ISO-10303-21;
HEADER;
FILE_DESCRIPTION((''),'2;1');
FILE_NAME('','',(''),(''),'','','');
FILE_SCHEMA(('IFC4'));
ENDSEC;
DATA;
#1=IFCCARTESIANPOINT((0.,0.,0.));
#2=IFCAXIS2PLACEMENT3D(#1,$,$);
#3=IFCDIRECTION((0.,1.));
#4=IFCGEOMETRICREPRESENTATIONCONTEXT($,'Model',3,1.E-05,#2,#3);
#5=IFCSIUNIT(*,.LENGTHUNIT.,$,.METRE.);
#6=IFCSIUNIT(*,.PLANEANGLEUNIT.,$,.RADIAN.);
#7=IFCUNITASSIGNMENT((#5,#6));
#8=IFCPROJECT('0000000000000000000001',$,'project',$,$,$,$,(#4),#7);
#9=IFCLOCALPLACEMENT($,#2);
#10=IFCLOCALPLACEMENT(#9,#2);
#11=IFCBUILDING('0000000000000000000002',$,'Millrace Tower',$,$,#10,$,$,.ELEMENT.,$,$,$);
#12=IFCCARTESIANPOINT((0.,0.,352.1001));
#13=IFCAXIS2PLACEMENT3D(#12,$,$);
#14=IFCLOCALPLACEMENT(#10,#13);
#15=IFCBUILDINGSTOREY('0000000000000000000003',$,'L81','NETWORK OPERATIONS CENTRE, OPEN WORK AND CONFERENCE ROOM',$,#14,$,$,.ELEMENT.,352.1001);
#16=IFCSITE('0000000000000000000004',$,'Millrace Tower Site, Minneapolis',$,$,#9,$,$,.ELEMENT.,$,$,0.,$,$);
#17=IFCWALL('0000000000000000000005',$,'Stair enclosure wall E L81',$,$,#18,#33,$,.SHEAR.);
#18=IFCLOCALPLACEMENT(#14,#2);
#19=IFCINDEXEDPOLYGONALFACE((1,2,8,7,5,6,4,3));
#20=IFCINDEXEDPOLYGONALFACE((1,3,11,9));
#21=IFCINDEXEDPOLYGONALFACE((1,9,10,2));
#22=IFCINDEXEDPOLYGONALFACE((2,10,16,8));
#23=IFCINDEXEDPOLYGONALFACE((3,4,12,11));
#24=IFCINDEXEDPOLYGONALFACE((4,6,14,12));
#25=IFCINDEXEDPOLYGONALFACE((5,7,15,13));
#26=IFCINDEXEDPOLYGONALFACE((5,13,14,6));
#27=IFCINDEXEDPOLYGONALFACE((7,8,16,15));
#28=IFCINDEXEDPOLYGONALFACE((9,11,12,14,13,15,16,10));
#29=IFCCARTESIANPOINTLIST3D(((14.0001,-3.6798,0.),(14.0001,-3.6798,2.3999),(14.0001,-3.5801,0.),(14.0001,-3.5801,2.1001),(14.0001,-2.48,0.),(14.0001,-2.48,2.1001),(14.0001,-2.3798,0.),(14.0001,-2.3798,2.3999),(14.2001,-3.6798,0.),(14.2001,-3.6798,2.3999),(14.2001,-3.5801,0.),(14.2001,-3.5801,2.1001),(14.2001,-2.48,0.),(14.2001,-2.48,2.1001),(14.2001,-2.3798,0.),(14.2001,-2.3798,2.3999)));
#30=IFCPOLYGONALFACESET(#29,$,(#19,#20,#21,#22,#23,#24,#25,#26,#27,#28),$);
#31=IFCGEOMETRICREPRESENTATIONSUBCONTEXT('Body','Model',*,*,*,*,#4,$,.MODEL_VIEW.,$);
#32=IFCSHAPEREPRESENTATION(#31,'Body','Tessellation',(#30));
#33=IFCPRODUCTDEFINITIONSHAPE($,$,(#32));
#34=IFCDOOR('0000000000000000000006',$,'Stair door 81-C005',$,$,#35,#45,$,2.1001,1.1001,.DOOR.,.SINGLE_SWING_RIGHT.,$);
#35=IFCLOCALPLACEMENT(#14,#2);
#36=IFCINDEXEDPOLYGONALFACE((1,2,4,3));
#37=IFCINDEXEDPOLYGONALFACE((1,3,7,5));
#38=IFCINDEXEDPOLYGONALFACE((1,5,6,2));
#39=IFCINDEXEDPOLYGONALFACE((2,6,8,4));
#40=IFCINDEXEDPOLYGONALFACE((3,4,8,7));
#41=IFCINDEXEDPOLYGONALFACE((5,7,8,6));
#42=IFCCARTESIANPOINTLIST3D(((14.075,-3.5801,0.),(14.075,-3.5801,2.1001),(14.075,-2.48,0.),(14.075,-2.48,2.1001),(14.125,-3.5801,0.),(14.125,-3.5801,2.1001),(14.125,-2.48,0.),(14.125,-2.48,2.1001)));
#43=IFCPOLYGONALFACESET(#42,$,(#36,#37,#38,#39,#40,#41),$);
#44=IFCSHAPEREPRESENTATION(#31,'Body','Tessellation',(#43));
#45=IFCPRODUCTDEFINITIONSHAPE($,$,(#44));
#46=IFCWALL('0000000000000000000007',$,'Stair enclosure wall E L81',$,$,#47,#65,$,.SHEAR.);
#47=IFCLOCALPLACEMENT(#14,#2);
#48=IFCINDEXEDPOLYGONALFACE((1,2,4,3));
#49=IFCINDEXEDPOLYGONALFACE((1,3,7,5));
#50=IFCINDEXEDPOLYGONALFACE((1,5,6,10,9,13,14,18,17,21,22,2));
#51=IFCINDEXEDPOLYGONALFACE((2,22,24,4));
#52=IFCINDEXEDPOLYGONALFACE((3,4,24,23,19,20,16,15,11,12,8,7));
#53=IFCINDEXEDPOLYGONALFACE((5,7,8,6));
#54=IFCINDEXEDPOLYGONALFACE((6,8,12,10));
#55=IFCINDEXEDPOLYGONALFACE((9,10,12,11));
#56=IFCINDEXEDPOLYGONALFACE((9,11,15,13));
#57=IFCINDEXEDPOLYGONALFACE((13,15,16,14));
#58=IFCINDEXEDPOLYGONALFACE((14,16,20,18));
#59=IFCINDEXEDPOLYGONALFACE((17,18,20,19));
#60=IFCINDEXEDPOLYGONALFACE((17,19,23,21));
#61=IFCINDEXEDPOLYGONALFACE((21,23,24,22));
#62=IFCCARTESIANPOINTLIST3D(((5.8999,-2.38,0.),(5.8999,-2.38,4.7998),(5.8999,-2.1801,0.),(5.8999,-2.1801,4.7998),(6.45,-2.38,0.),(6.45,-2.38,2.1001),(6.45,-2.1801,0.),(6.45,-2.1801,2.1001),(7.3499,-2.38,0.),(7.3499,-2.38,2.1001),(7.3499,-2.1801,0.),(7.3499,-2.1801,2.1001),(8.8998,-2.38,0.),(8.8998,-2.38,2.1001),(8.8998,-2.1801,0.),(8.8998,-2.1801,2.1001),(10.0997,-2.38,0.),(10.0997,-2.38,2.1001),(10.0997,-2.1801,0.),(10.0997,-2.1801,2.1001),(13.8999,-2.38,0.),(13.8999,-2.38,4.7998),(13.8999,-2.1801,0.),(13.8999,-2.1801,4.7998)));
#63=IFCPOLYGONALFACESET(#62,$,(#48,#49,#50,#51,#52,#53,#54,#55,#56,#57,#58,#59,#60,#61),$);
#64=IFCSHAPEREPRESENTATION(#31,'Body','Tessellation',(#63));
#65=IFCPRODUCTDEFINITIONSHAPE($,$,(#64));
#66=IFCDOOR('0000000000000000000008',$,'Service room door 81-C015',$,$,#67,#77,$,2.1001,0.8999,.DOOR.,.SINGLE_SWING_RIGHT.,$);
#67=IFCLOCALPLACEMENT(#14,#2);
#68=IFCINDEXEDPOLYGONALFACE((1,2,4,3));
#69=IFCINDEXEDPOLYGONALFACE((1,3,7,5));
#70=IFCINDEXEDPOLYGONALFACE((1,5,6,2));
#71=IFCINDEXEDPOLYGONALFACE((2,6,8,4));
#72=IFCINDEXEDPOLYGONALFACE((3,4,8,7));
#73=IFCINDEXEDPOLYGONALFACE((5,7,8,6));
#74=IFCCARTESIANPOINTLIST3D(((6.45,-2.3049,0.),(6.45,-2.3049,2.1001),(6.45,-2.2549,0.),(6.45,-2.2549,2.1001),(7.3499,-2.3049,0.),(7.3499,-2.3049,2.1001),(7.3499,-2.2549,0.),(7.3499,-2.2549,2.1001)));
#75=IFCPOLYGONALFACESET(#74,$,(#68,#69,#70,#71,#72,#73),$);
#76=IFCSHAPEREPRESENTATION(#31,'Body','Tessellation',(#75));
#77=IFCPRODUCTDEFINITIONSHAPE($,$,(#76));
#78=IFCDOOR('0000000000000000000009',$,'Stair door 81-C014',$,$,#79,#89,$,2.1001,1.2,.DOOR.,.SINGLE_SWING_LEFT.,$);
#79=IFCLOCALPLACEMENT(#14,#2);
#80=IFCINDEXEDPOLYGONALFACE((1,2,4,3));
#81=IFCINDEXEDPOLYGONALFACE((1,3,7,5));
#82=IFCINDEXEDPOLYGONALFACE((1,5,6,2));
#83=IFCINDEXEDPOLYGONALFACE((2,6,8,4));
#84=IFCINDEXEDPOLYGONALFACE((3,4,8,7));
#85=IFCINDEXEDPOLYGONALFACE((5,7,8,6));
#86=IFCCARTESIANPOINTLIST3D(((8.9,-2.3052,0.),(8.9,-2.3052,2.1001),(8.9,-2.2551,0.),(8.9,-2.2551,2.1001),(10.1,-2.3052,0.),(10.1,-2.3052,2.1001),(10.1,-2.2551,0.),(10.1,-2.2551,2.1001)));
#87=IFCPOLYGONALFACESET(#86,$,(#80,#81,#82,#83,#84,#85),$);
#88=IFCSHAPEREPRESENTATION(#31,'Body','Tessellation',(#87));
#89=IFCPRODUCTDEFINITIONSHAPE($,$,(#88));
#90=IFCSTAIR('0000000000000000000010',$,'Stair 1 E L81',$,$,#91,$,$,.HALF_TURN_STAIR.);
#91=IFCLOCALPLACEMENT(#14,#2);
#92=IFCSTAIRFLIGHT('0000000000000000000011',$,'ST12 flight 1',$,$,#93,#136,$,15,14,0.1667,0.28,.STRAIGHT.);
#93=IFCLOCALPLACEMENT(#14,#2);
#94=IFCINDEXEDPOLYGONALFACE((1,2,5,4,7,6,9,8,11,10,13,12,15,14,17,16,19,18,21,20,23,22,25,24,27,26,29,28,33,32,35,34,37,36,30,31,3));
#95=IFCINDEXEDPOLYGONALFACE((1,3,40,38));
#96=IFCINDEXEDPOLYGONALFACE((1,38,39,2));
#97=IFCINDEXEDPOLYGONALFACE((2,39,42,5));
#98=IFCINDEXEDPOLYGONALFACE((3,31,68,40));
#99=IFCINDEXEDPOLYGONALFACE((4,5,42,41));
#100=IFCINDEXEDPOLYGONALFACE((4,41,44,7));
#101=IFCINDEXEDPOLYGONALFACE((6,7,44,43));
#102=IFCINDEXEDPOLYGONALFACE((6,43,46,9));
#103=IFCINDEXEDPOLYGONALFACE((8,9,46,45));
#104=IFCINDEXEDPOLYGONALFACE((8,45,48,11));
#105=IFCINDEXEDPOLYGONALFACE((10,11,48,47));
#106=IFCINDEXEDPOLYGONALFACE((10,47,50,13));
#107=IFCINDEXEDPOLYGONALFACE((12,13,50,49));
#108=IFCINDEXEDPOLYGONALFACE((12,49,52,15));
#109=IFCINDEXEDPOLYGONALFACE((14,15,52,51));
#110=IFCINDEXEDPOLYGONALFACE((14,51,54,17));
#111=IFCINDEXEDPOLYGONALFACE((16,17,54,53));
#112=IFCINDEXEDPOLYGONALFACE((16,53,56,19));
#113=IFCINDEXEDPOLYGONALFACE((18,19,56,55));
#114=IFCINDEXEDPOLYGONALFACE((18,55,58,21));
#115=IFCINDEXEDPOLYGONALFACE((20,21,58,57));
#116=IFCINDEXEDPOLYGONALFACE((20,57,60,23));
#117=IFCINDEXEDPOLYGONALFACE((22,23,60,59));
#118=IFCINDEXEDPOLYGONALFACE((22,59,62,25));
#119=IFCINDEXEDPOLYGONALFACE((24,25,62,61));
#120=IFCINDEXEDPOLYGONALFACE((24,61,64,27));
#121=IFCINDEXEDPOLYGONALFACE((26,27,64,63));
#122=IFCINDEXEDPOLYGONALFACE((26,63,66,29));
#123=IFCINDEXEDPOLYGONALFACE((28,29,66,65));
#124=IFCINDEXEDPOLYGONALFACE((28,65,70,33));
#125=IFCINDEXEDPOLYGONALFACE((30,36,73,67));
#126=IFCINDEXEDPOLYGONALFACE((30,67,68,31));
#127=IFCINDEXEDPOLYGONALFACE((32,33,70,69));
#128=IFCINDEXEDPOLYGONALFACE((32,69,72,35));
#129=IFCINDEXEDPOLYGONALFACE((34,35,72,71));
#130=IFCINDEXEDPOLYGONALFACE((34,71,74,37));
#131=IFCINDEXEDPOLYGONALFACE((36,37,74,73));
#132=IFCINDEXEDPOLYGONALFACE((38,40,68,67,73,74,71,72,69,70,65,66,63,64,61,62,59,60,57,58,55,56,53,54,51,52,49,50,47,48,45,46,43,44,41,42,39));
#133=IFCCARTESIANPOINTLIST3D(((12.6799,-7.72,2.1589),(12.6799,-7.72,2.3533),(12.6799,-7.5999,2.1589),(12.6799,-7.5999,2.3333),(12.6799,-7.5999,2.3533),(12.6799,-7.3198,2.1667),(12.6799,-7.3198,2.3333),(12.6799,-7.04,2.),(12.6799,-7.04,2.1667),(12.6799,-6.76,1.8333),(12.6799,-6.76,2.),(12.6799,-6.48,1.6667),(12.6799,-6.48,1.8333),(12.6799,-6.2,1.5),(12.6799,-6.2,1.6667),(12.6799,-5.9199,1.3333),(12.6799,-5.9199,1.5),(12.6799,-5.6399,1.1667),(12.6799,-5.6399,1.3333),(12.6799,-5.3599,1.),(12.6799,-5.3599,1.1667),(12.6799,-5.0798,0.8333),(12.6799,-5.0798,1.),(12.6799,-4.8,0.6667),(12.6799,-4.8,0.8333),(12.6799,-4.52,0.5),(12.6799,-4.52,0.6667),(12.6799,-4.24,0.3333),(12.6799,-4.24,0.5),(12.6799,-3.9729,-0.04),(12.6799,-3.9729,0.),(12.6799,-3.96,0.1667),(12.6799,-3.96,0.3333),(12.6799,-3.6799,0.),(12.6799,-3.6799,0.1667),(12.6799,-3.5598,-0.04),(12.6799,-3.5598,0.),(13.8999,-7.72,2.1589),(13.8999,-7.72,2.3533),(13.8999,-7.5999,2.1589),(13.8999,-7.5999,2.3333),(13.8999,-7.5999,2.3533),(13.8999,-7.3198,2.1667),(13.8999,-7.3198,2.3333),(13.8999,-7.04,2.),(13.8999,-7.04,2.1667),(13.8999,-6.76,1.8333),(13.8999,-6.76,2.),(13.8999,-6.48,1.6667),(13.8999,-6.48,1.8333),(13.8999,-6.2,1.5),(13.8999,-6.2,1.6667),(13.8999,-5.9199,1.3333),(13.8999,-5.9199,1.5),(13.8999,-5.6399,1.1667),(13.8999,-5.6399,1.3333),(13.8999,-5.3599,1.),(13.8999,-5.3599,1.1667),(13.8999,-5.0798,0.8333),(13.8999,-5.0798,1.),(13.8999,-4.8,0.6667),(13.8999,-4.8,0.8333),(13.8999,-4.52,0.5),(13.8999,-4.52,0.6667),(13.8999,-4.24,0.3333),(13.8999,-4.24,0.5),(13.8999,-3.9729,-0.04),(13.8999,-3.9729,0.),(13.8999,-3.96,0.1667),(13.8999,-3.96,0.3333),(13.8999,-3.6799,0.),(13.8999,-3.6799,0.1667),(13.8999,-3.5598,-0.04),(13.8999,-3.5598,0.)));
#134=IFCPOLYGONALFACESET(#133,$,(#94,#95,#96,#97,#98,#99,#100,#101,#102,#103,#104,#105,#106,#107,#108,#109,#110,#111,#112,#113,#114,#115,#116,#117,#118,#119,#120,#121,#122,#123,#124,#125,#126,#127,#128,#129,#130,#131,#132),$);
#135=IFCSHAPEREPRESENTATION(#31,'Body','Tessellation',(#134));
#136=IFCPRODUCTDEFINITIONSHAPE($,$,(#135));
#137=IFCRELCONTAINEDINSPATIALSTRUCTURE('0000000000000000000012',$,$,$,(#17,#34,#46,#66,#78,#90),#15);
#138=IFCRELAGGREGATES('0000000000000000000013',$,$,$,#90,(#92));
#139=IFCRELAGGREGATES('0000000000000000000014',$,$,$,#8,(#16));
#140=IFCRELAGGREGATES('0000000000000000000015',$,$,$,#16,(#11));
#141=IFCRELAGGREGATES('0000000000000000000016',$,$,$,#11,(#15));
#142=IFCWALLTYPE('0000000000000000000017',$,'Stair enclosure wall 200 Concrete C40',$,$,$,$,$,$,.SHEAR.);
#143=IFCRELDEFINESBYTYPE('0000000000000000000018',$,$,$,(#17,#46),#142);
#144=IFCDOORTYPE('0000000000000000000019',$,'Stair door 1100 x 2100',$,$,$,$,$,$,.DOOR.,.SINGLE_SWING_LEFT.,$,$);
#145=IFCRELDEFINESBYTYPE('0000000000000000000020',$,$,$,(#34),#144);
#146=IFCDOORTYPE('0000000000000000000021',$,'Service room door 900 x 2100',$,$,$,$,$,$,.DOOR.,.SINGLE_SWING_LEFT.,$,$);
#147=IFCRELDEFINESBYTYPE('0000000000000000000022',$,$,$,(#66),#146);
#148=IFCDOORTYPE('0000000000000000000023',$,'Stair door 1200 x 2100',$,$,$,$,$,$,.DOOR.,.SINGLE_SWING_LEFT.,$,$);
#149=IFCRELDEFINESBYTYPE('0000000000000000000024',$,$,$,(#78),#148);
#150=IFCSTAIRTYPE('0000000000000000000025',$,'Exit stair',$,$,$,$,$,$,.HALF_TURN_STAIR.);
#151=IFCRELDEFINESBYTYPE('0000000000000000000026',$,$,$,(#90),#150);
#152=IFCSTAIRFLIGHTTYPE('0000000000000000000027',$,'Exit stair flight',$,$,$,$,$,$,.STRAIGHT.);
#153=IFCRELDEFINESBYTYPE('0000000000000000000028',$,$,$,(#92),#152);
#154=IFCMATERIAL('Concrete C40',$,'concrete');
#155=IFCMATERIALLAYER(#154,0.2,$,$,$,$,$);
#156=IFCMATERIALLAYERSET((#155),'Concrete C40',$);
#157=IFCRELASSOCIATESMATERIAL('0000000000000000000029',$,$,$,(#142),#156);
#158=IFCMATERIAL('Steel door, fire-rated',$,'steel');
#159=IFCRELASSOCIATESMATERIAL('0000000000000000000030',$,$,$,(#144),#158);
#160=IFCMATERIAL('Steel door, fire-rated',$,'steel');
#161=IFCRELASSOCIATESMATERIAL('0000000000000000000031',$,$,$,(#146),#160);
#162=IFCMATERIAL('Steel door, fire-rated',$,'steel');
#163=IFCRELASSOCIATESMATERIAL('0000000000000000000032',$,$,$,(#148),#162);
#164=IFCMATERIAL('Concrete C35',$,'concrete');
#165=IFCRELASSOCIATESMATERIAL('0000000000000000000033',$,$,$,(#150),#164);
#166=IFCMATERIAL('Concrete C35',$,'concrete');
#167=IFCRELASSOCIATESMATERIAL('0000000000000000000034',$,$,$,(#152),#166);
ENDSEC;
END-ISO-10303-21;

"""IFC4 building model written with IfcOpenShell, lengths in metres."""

from ifc_helpers import new_model, si_unit, direction, frame, frame_2d, origin, place, context, subcontext, project, spatial, polyline, rectangle, outline, extrude, material, layer, layer_set, type_object, element, fill, aggregate, save


model = new_model("IFC4")

# Units and contexts
model_context = context("Model", 3, precision=1e-05, world=origin(), true_north=direction((0.0, 1.0)))
body_context = subcontext(model_context, "Body", "Model", "MODEL_VIEW")
ifc_project = project(units=[si_unit("LENGTHUNIT", "METRE"), si_unit("PLANEANGLEUNIT", "RADIAN")], contexts=[model_context])

# Site, building, storey
site_placement = place(None, origin())
site = spatial("IfcSite", under=ifc_project, at=site_placement, Name="Millrace Tower Site, Minneapolis", CompositionType="ELEMENT", RefElevation=0.0)
building_placement = place(site_placement, origin())
building = spatial("IfcBuilding", under=site, at=building_placement, Name="Millrace Tower", CompositionType="ELEMENT")
storey_placement = place(building_placement, frame((0.0, 0.0, 352.1001)))
storey = spatial("IfcBuildingStorey", under=building, at=storey_placement, Name="L81", Description="NETWORK OPERATIONS CENTRE, OPEN WORK AND CONFERENCE ROOM", CompositionType="ELEMENT", Elevation=352.1001)

# Shared definitions
placement = place(storey_placement, origin())

# Wall, opening, door
ifc_material_1 = material(Name="Concrete C40", Category="concrete")
ifc_layer_1 = layer(ifc_material_1, 0.2)
ifc_layer_set_1 = layer_set([ifc_layer_1], Name="Concrete C40")
wall_type_1 = type_object("IfcWallType", Name="Stair enclosure wall 200 Concrete C40", PredefinedType="SHEAR", material=ifc_layer_set_1)
wall_1_placement = place(storey_placement, frame((14.1001, -2.3799, 0.0), z_axis=(0.0, 0.0, 1.0), x_axis=(0.0, -1.0, 0.0)))
wall_1 = element("IfcWall", 1, at=wall_1_placement, inside=storey, type_object=wall_type_1, Name="Stair enclosure wall E L81", PredefinedType="SHEAR", context=body_context, shape_type="SweptSolid", body=[
    extrude(rectangle(XDim=1.3, YDim=0.2, at=frame_2d((0.6499, 0.0))), origin(), (0.0, 0.0, 1.0), 2.3999),
])
opening_1_placement = place(wall_1_placement, frame((0.1001, 0.0, 0.0)))
opening_1 = element("IfcOpeningElement", 2, at=opening_1_placement, cuts=wall_1, PredefinedType="OPENING", context=body_context, shape_type="SweptSolid", body=[
    extrude(rectangle(XDim=1.1001, YDim=2.1001, at=frame_2d((0.55, 1.05))), frame((0.0, 0.1099, 0.0), z_axis=(0.0, -1.0, 0.0), x_axis=(1.0, 0.0, 0.0)), (0.0, 0.0, 1.0), 0.22),
])
ifc_material_2 = material(Name="Steel door, fire-rated", Category="steel")
door_type_1 = type_object("IfcDoorType", Name="Stair door 1100 x 2100", OperationType="SINGLE_SWING_LEFT", PredefinedType="DOOR", material=ifc_material_2)
door_1_placement = place(opening_1_placement, origin())
door_1 = element("IfcDoor", 3, at=door_1_placement, inside=storey, type_object=door_type_1, Name="Stair door 81-C005", OperationType="SINGLE_SWING_RIGHT", OverallHeight=2.1001, OverallWidth=1.1001, PredefinedType="DOOR", context=body_context, shape_type="SweptSolid", body=[
    extrude(rectangle(XDim=1.1001, YDim=2.1001, at=frame_2d((0.55, 1.05))), frame((0.0, 0.0249, 0.0), z_axis=(0.0, -1.0, 0.0), x_axis=(1.0, 0.0, 0.0)), (0.0, 0.0, 1.0), 0.05),
])
fill(opening_1, door_1)

# Wall, openings, doors
wall_2_placement = place(storey_placement, frame((13.8999, -2.28, 0.0), z_axis=(0.0, 0.0, 1.0), x_axis=(-1.0, 0.0, 0.0)))
wall_2 = element("IfcWall", 4, at=wall_2_placement, inside=storey, type_object=wall_type_1, Name="Stair enclosure wall E L81", PredefinedType="SHEAR", context=body_context, shape_type="SweptSolid", body=[
    extrude(rectangle(XDim=8.0, YDim=0.2, at=frame_2d((4.0, 0.0))), origin(), (0.0, 0.0, 1.0), 4.7998),
])
opening_2_placement = place(wall_2_placement, frame((3.8, 0.0, 0.0)))
opening_2 = element("IfcOpeningElement", 5, at=opening_2_placement, cuts=wall_2, PredefinedType="OPENING", context=body_context, shape_type="SweptSolid", body=[
    extrude(rectangle(XDim=1.2, YDim=2.1001, at=frame_2d((0.6001, 1.05))), frame((0.0, 0.1099, 0.0), z_axis=(0.0, -1.0, 0.0), x_axis=(1.0, 0.0, 0.0)), (0.0, 0.0, 1.0), 0.22),
])
opening_3_placement = place(wall_2_placement, frame((6.55, 0.0, 0.0)))
opening_3 = element("IfcOpeningElement", 6, at=opening_3_placement, cuts=wall_2, PredefinedType="OPENING", context=body_context, shape_type="SweptSolid", body=[
    extrude(rectangle(XDim=0.8999, YDim=2.1001, at=frame_2d((0.45, 1.05))), frame((0.0, 0.1099, 0.0), z_axis=(0.0, -1.0, 0.0), x_axis=(1.0, 0.0, 0.0)), (0.0, 0.0, 1.0), 0.22),
])
ifc_material_3 = material(Name="Steel door, fire-rated", Category="steel")
door_type_2 = type_object("IfcDoorType", Name="Service room door 900 x 2100", OperationType="SINGLE_SWING_LEFT", PredefinedType="DOOR", material=ifc_material_3)
door_2_placement = place(opening_3_placement, origin())
door_2 = element("IfcDoor", 7, at=door_2_placement, inside=storey, type_object=door_type_2, Name="Service room door 81-C015", OperationType="SINGLE_SWING_RIGHT", OverallHeight=2.1001, OverallWidth=0.8999, PredefinedType="DOOR", context=body_context, shape_type="SweptSolid", body=[
    extrude(rectangle(XDim=0.8999, YDim=2.1001, at=frame_2d((0.45, 1.05))), frame((0.0, 0.0249, 0.0), z_axis=(0.0, -1.0, 0.0), x_axis=(1.0, 0.0, 0.0)), (0.0, 0.0, 1.0), 0.05),
])
fill(opening_3, door_2)
ifc_material_4 = material(Name="Steel door, fire-rated", Category="steel")
door_type_3 = type_object("IfcDoorType", Name="Stair door 1200 x 2100", OperationType="SINGLE_SWING_LEFT", PredefinedType="DOOR", material=ifc_material_4)
door_3_placement = place(opening_2_placement, frame((1.2, 0.0, 0.0), z_axis=(0.0, 0.0, 1.0), x_axis=(-1.0, 0.0, 0.0)))
door_3 = element("IfcDoor", 8, at=door_3_placement, inside=storey, type_object=door_type_3, Name="Stair door 81-C014", OperationType="SINGLE_SWING_LEFT", OverallHeight=2.1001, OverallWidth=1.2, PredefinedType="DOOR", context=body_context, shape_type="SweptSolid", body=[
    extrude(rectangle(XDim=1.2, YDim=2.1001, at=frame_2d((0.6001, 1.05))), frame((0.0, 0.0249, 0.0), z_axis=(0.0, -1.0, 0.0), x_axis=(1.0, 0.0, 0.0)), (0.0, 0.0, 1.0), 0.05),
])
fill(opening_2, door_3)

# Stair, stair flight
ifc_material_5 = material(Name="Concrete C35", Category="concrete")
stair_type = type_object("IfcStairType", Name="Exit stair", PredefinedType="HALF_TURN_STAIR", material=ifc_material_5)
stair = element("IfcStair", 9, at=placement, inside=storey, type_object=stair_type, Name="Stair 1 E L81", PredefinedType="HALF_TURN_STAIR")
ifc_material_6 = material(Name="Concrete C35", Category="concrete")
stair_flight_type = type_object("IfcStairFlightType", Name="Exit stair flight", PredefinedType="STRAIGHT", material=ifc_material_6)
stair_flight_placement = place(storey_placement, frame((13.29, -3.6799, 0.0), z_axis=(0.0, 0.0, 1.0), x_axis=(0.0, -1.0, 0.0)))
stair_flight = element("IfcStairFlight", 10, at=stair_flight_placement, type_object=stair_flight_type, Name="ST12 flight 1", NumberOfRisers=15, NumberOfTreads=14, PredefinedType="STRAIGHT", RiserHeight=0.1667, TreadLength=0.28, context=body_context, shape_type="SweptSolid", body=[
    extrude(outline(polyline([(-0.1201, -0.04), (-0.1201, 0.0), (0.0, 0.0), (0.0, 0.1667), (0.28, 0.1667), (0.28, 0.3333), (0.5601, 0.3333), (0.5601, 0.5), (0.8401, 0.5), (0.8401, 0.6667), (1.1201, 0.6667), (1.1201, 0.8333), (1.3999, 0.8333), (1.3999, 1.0), (1.6799, 1.0), (1.6799, 1.1667), (1.96, 1.1667), (1.96, 1.3333), (2.24, 1.3333), (2.24, 1.5), (2.52, 1.5), (2.52, 1.6667), (2.8, 1.6667), (2.8, 1.8333), (3.0801, 1.8333), (3.0801, 2.0), (3.3601, 2.0), (3.3601, 2.1667), (3.6399, 2.1667), (3.6399, 2.3333), (3.9199, 2.3333), (3.9199, 2.3533), (4.04, 2.3533), (4.04, 2.1589), (3.9199, 2.1589), (0.293, 0.0), (0.293, -0.04), (-0.1201, -0.04)])), frame((0.0, 0.6099, 0.0), z_axis=(0.0, -1.0, 0.0), x_axis=(1.0, 0.0, 0.0)), (0.0, 0.0, 1.0), 1.22),
])
aggregate(stair, [stair_flight])

save(model, "model.ifc")
